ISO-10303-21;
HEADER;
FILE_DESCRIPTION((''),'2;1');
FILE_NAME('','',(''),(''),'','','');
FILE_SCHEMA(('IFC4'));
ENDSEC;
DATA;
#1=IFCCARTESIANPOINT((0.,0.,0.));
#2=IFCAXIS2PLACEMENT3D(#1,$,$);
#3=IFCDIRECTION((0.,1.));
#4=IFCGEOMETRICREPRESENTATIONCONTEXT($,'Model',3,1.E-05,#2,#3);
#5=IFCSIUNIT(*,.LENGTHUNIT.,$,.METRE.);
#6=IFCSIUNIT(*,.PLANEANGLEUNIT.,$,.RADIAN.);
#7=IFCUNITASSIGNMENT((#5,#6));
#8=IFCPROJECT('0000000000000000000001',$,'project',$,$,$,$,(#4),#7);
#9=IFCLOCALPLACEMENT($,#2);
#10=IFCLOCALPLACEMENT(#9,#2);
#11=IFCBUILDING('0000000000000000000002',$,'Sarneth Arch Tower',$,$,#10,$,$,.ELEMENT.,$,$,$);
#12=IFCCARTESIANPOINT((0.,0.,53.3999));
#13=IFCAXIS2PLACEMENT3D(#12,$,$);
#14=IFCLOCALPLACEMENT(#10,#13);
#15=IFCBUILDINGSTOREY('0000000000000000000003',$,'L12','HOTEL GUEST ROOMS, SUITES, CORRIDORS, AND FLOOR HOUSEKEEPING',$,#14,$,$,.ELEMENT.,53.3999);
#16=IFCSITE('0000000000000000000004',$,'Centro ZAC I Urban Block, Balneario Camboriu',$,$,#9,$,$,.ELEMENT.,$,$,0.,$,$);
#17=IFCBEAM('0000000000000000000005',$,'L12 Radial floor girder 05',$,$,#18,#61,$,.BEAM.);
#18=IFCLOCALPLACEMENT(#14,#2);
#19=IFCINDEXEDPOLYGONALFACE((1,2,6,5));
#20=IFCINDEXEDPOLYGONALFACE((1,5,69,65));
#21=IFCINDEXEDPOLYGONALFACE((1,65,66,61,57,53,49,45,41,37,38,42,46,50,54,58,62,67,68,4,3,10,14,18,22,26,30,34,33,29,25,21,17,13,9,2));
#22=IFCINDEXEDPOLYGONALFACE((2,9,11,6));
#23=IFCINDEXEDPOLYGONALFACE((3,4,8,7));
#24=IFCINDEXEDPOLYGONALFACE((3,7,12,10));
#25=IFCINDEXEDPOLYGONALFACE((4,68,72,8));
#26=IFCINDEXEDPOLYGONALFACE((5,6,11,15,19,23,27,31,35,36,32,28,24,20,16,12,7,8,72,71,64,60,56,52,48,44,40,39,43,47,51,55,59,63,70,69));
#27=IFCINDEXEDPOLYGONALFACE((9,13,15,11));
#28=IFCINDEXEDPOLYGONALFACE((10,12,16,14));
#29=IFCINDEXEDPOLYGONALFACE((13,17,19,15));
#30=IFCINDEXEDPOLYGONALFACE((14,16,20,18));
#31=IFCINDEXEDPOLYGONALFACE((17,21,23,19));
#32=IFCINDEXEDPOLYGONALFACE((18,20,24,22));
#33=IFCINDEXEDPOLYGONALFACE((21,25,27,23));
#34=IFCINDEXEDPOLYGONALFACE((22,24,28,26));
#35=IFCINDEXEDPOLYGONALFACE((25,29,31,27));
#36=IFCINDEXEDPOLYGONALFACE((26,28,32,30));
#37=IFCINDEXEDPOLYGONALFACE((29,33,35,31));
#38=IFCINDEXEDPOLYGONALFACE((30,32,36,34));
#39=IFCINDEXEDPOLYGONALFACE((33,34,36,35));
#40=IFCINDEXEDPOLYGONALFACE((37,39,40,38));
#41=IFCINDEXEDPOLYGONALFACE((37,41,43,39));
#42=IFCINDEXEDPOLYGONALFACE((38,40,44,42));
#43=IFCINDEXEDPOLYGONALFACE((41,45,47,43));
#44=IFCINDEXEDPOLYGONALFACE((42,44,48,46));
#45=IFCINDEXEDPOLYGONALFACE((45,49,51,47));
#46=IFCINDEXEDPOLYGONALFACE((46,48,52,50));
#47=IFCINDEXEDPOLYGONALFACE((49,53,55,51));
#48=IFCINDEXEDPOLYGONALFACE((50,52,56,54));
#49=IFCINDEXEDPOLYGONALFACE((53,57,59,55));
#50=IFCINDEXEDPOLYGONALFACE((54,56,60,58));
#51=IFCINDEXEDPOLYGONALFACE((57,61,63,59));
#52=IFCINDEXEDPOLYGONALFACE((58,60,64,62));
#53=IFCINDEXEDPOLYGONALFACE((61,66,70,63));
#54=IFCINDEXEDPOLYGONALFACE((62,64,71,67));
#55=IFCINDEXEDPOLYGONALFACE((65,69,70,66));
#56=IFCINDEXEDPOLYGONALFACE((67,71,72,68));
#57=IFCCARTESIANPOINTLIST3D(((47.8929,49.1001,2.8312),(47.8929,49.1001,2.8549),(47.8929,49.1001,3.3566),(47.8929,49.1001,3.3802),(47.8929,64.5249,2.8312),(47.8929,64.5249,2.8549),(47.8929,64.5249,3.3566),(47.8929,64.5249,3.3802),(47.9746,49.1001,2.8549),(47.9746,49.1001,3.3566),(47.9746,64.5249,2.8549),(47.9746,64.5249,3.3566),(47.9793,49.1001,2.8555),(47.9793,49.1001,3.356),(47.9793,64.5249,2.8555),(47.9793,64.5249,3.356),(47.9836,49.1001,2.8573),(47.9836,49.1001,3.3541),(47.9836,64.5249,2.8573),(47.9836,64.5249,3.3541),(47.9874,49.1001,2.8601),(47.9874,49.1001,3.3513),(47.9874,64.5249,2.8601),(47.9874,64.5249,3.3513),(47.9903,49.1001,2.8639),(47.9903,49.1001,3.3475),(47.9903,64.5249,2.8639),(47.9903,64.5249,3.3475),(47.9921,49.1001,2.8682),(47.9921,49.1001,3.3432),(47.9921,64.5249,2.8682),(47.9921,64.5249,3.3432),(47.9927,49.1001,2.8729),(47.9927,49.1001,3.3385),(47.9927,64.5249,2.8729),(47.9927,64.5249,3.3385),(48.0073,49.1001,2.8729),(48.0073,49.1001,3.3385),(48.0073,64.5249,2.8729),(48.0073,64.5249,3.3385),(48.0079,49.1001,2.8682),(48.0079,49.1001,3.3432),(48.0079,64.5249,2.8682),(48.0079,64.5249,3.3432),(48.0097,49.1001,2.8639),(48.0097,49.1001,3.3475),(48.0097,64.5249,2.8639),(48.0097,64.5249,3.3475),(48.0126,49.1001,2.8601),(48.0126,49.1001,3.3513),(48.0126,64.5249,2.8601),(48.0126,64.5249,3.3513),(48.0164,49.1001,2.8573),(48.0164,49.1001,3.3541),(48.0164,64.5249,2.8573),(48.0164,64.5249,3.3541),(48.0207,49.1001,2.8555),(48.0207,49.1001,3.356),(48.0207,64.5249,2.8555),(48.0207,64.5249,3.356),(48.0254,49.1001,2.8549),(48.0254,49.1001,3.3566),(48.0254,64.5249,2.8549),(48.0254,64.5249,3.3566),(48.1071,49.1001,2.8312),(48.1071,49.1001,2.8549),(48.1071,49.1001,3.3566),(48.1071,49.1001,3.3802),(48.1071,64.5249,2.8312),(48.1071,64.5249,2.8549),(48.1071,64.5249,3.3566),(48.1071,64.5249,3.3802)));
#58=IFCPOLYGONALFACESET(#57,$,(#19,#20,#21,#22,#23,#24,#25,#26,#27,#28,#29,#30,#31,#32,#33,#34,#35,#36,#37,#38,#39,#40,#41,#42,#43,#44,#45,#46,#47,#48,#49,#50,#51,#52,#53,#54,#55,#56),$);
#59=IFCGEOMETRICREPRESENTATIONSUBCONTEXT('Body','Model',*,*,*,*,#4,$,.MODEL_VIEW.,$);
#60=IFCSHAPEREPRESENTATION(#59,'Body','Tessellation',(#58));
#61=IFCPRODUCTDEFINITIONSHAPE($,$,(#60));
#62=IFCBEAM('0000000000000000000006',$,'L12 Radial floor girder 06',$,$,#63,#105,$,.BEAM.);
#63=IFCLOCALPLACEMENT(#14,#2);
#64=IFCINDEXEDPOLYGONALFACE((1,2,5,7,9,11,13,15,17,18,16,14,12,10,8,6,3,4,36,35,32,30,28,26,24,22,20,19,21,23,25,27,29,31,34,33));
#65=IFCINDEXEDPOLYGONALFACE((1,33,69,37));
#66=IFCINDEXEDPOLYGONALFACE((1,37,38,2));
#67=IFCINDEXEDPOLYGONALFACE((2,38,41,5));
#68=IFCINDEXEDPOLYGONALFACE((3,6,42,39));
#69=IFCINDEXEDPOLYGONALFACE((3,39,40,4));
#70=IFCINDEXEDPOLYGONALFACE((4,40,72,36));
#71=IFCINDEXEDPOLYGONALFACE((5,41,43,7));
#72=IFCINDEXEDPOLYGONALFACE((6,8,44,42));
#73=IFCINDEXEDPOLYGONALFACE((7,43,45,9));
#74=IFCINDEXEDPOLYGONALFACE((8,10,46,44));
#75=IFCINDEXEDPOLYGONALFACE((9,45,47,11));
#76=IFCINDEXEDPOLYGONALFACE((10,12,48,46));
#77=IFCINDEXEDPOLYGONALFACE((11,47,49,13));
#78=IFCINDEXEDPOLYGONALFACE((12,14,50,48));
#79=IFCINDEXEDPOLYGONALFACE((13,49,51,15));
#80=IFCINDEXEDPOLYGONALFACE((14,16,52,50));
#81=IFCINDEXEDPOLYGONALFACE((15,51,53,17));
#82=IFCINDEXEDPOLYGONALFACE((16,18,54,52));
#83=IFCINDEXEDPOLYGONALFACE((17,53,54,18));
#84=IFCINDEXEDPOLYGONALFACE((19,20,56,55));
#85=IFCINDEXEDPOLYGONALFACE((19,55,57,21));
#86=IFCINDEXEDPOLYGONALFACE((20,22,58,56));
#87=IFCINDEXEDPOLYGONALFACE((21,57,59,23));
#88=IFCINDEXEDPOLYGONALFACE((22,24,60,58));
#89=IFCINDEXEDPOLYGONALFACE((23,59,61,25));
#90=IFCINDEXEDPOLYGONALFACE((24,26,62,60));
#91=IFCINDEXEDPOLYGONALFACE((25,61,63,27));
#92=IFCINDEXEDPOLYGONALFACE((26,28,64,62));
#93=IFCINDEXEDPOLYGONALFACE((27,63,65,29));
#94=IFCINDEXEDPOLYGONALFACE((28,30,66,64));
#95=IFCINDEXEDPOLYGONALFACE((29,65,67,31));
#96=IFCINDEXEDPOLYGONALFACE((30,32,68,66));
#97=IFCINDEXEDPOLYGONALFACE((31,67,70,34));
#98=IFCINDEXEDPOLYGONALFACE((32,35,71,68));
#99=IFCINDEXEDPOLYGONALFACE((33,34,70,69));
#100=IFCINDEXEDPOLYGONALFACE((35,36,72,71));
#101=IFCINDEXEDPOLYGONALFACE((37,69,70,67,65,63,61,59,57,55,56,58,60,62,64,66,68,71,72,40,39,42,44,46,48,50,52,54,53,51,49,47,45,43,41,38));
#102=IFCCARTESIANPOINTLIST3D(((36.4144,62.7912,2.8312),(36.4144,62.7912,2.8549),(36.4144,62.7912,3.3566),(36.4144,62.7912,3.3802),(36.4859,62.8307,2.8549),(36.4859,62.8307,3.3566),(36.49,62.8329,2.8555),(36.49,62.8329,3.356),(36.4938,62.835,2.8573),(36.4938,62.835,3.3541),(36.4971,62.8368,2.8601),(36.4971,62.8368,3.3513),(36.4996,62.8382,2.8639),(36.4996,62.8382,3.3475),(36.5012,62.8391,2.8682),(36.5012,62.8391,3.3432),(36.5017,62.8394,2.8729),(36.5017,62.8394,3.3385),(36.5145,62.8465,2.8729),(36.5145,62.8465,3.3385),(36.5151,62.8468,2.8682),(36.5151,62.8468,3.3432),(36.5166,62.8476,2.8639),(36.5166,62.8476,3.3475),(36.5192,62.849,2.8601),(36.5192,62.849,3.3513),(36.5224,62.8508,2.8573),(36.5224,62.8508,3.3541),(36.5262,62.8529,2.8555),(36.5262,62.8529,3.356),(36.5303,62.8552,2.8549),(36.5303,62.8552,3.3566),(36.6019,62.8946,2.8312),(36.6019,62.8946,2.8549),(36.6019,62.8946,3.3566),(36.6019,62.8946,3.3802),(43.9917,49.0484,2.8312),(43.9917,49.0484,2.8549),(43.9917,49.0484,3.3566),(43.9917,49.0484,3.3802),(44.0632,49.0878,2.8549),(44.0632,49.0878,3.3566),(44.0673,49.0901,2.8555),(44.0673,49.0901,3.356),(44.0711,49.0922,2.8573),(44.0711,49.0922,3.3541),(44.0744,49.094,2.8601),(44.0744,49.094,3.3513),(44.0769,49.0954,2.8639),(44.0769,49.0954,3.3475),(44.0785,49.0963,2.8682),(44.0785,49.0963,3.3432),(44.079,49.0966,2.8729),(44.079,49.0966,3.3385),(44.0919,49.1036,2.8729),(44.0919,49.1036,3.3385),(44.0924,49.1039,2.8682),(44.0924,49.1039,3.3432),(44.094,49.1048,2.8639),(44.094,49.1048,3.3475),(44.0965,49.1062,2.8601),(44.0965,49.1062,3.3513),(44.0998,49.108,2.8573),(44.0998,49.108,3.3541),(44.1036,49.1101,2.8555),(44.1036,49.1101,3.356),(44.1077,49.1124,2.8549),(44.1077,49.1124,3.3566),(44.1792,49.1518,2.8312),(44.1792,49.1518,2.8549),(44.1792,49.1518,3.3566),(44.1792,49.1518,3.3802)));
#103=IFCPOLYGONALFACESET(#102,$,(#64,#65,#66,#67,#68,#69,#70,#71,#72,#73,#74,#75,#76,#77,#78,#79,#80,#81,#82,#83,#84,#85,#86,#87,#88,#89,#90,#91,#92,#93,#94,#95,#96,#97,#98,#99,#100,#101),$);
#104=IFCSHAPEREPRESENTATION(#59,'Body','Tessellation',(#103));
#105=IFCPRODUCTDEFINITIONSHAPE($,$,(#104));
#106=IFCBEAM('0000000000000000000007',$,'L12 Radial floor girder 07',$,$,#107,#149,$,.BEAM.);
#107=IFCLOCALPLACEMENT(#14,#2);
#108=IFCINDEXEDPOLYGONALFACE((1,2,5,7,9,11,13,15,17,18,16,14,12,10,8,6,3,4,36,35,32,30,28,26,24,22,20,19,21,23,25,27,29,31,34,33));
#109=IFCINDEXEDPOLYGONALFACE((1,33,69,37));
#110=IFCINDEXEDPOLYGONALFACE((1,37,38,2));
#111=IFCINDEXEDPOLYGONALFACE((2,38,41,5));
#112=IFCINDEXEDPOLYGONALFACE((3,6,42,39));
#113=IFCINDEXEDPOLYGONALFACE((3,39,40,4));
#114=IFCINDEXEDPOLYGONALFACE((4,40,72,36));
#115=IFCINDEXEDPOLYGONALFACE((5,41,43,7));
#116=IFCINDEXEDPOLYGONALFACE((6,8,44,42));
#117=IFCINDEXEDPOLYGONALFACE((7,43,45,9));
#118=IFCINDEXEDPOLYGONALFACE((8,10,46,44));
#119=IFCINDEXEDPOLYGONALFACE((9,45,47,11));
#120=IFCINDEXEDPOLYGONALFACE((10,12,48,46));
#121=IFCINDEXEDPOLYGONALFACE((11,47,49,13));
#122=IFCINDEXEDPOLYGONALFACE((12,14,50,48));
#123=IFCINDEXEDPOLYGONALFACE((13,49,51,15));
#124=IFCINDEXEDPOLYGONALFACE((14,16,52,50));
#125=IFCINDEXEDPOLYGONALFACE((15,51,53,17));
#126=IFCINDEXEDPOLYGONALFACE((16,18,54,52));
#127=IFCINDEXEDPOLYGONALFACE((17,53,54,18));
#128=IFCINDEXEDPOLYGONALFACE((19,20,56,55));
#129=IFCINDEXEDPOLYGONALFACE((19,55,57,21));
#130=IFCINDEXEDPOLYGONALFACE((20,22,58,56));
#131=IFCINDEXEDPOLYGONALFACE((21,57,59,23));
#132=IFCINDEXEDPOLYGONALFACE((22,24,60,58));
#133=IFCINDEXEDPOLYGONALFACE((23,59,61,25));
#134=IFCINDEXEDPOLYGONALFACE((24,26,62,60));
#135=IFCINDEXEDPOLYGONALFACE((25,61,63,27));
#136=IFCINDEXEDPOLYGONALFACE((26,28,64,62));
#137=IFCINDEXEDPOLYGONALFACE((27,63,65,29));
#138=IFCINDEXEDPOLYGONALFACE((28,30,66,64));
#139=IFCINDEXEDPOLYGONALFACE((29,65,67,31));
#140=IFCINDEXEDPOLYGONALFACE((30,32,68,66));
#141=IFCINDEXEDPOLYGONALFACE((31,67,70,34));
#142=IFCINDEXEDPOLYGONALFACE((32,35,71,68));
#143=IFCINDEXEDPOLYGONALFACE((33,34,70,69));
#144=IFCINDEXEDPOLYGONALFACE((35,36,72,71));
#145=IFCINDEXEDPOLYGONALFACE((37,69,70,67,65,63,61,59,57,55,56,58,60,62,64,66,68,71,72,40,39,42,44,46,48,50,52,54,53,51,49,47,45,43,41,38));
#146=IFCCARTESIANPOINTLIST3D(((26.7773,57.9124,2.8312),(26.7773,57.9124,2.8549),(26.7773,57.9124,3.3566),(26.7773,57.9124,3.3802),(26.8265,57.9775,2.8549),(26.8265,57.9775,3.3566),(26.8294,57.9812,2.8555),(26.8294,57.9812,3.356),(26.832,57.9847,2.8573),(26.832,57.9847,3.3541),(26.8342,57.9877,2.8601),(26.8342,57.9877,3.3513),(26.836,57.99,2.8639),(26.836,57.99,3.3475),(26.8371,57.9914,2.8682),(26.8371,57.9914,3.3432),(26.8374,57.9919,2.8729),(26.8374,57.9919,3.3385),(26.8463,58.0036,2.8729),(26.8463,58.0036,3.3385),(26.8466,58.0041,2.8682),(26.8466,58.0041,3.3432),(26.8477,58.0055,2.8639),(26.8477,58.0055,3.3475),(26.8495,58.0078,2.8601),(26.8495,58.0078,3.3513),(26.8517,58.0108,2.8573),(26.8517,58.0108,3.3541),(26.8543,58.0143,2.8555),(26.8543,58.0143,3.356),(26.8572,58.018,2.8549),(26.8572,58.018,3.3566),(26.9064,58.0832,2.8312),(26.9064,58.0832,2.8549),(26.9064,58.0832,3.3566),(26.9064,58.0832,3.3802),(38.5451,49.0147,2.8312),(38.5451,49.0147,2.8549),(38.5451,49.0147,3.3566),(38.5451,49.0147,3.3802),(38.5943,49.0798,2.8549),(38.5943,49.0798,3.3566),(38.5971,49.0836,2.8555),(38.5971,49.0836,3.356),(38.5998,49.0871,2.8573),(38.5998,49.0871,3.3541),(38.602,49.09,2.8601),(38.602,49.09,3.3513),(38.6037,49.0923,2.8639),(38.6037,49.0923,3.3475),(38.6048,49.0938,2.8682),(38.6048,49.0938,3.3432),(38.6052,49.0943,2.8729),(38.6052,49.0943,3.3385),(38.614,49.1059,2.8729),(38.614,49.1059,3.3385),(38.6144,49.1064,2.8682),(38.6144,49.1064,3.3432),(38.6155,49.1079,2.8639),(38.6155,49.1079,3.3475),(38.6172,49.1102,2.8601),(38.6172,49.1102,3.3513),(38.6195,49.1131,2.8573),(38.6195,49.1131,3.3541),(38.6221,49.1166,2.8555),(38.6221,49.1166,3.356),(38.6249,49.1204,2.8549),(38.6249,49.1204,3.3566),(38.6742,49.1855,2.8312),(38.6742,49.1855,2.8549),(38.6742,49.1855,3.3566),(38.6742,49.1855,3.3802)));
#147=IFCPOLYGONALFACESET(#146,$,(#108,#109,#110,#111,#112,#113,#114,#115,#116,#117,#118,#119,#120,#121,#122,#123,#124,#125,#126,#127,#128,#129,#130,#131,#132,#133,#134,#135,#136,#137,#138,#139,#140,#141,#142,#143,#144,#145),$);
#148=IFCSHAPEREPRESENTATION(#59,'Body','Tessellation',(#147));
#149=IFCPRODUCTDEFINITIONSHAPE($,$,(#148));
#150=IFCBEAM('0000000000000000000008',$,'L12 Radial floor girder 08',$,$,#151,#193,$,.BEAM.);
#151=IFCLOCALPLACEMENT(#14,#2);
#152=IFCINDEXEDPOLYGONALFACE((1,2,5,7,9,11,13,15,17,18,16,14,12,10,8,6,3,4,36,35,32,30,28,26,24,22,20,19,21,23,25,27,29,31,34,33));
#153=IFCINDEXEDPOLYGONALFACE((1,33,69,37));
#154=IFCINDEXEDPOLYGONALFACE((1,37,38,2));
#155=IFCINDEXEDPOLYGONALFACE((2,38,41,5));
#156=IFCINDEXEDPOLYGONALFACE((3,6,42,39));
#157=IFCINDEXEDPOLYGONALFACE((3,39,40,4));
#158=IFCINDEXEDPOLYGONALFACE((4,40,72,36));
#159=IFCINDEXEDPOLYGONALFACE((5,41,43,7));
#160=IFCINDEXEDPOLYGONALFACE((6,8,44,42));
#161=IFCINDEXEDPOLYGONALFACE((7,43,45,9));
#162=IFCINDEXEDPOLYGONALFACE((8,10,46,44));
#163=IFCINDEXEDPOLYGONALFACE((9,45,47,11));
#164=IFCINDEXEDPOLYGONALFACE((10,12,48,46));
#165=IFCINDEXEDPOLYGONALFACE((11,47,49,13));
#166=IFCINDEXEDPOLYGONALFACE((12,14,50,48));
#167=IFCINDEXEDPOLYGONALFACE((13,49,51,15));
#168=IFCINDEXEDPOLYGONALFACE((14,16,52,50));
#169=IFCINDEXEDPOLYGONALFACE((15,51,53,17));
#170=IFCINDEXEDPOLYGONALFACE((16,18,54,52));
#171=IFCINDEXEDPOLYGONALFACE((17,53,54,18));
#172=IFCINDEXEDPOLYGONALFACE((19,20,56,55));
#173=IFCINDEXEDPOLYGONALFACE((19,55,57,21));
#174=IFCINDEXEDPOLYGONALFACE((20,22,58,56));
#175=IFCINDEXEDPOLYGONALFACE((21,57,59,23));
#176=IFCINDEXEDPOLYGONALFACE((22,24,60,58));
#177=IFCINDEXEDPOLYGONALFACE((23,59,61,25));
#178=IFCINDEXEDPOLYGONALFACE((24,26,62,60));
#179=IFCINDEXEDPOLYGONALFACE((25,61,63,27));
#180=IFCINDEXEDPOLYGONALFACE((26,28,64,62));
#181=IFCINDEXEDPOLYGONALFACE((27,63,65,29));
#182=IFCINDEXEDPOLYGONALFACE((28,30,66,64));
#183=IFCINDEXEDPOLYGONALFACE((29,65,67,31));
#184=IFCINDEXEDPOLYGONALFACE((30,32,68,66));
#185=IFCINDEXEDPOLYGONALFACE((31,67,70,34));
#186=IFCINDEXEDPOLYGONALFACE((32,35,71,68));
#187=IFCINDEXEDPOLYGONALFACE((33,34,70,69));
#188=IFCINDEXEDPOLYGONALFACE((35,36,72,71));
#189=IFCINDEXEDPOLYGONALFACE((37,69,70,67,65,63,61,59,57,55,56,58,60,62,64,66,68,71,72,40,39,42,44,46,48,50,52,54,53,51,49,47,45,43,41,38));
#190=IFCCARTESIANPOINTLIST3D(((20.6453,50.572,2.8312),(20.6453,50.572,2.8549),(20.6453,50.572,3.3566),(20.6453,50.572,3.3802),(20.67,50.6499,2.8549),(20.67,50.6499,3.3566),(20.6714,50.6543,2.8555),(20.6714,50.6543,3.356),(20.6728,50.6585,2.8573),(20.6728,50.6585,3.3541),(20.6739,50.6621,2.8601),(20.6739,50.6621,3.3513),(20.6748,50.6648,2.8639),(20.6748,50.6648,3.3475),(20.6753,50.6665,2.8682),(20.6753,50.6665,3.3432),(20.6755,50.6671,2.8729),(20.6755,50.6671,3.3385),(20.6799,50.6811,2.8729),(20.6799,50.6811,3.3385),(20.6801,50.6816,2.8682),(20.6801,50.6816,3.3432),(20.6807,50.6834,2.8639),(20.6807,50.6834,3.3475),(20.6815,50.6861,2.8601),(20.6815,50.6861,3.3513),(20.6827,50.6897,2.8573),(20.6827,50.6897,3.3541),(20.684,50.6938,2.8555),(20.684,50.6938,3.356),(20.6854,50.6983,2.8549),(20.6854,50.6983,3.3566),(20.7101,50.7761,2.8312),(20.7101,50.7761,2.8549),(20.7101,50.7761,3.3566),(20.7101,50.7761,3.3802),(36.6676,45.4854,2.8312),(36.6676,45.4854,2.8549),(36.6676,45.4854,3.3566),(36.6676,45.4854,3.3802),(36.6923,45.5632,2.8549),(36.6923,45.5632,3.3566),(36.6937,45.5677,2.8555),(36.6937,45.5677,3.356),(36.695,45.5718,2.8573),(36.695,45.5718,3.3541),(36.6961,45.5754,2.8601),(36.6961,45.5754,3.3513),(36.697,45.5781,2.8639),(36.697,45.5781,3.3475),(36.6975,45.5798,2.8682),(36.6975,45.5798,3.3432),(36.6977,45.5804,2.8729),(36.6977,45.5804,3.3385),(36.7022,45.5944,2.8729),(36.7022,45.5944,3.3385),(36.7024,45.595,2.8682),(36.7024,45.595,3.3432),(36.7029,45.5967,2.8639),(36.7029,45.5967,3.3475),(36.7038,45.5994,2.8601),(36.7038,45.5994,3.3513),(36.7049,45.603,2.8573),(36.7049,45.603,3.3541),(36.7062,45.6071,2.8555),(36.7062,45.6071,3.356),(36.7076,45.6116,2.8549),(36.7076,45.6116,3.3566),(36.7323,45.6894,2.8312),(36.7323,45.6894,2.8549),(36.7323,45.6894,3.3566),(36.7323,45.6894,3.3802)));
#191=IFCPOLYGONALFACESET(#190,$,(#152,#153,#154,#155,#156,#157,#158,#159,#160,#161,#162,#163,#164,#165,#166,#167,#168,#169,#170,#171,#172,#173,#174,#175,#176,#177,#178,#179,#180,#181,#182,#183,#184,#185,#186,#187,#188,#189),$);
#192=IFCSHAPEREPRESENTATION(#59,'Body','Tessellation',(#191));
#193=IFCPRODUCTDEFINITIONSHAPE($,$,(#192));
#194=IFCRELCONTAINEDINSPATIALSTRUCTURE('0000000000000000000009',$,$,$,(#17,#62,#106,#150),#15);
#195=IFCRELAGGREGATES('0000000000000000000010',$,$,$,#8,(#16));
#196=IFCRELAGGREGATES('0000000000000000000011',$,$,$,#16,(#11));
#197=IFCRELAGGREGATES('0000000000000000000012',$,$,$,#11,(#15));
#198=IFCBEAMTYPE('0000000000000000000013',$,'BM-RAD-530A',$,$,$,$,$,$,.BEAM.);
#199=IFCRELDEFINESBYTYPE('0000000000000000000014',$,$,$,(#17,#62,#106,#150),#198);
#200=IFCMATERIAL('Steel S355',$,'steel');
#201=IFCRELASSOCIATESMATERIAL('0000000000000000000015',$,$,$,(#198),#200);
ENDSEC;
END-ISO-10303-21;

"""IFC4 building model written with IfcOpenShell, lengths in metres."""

from ifc_helpers import new_model, si_unit, direction, frame, origin, origin_2d, place, context, subcontext, project, spatial, i_section, extrude, material, material_profile, profile_set, type_object, element, save


model = new_model("IFC4")

# Units and contexts
model_context = context("Model", 3, precision=1e-05, world=origin(), true_north=direction((0.0, 1.0)))
body_context = subcontext(model_context, "Body", "Model", "MODEL_VIEW")
ifc_project = project(units=[si_unit("LENGTHUNIT", "METRE"), si_unit("PLANEANGLEUNIT", "RADIAN")], contexts=[model_context])

# Site, building, storey
site_placement = place(None, origin())
site = spatial("IfcSite", under=ifc_project, at=site_placement, Name="Centro ZAC I Urban Block, Balneario Camboriu", CompositionType="ELEMENT", RefElevation=0.0)
building_placement = place(site_placement, origin())
building = spatial("IfcBuilding", under=site, at=building_placement, Name="Sarneth Arch Tower", CompositionType="ELEMENT")
storey_placement = place(building_placement, frame((0.0, 0.0, 53.3999)))
storey = spatial("IfcBuildingStorey", under=building, at=storey_placement, Name="L12", Description="HOTEL GUEST ROOMS, SUITES, CORRIDORS, AND FLOOR HOUSEKEEPING", CompositionType="ELEMENT", Elevation=53.3999)

# Beams
ifc_material_1 = material(Name="Steel S355", Category="steel")
ifc_material_profile = material_profile(ifc_material_1, i_section(OverallWidth=0.2141, OverallDepth=0.5491, WebThickness=0.0146, FlangeThickness=0.0237, FilletRadius=0.0181, at=origin_2d()), Name="W530x138")
ifc_profile_set = profile_set([ifc_material_profile], Name="Steel S355")
beam_type = type_object("IfcBeamType", Name="BM-RAD-530A", PredefinedType="BEAM", material=ifc_profile_set)
beam_1_placement = place(storey_placement, frame((48.0, 49.1001, 3.1057), z_axis=(0.0, 1.0, 0.0), x_axis=(-1.0, 0.0, 0.0)))
element("IfcBeam", 1, at=beam_1_placement, inside=storey, type_object=beam_type, Name="L12 Radial floor girder 05", PredefinedType="BEAM", context=body_context, shape_type="SweptSolid", body=[
    extrude(i_section(OverallWidth=0.2141, OverallDepth=0.5491, WebThickness=0.0146, FlangeThickness=0.0237, FilletRadius=0.0181, at=origin_2d()), origin(), (0.0, 0.0, 1.0), 15.4248),
])
beam_2_placement = place(storey_placement, frame((44.0854, 49.1001, 3.1057), z_axis=(-0.482838, 0.87571, 0.0), x_axis=(-0.87571, -0.482838, 0.0)))
element("IfcBeam", 2, at=beam_2_placement, inside=storey, type_object=beam_type, Name="L12 Radial floor girder 06", PredefinedType="BEAM", context=body_context, shape_type="SweptSolid", body=[
    extrude(i_section(OverallWidth=0.2141, OverallDepth=0.5491, WebThickness=0.0146, FlangeThickness=0.0237, FilletRadius=0.0181, at=origin_2d()), origin(), (0.0, 0.0, 1.0), 15.6934),
])
beam_3_placement = place(storey_placement, frame((38.6096, 49.1001, 3.1057), z_axis=(-0.797657, 0.603112, 0.0), x_axis=(-0.603112, -0.797657, 0.0)))
element("IfcBeam", 3, at=beam_3_placement, inside=storey, type_object=beam_type, Name="L12 Radial floor girder 07", PredefinedType="BEAM", context=body_context, shape_type="SweptSolid", body=[
    extrude(i_section(OverallWidth=0.2141, OverallDepth=0.5491, WebThickness=0.0146, FlangeThickness=0.0237, FilletRadius=0.0181, at=origin_2d()), origin(), (0.0, 0.0, 1.0), 14.7529),
])
beam_4_placement = place(storey_placement, frame((36.7, 45.5874, 3.1057), z_axis=(-0.95312, 0.302593, 0.0), x_axis=(-0.302593, -0.95312, 0.0)))
element("IfcBeam", 4, at=beam_4_placement, inside=storey, type_object=beam_type, Name="L12 Radial floor girder 08", PredefinedType="BEAM", context=body_context, shape_type="SweptSolid", body=[
    extrude(i_section(OverallWidth=0.2141, OverallDepth=0.5491, WebThickness=0.0146, FlangeThickness=0.0237, FilletRadius=0.0181, at=origin_2d()), origin(), (0.0, 0.0, 1.0), 16.8103),
])

save(model, "model.ifc")
